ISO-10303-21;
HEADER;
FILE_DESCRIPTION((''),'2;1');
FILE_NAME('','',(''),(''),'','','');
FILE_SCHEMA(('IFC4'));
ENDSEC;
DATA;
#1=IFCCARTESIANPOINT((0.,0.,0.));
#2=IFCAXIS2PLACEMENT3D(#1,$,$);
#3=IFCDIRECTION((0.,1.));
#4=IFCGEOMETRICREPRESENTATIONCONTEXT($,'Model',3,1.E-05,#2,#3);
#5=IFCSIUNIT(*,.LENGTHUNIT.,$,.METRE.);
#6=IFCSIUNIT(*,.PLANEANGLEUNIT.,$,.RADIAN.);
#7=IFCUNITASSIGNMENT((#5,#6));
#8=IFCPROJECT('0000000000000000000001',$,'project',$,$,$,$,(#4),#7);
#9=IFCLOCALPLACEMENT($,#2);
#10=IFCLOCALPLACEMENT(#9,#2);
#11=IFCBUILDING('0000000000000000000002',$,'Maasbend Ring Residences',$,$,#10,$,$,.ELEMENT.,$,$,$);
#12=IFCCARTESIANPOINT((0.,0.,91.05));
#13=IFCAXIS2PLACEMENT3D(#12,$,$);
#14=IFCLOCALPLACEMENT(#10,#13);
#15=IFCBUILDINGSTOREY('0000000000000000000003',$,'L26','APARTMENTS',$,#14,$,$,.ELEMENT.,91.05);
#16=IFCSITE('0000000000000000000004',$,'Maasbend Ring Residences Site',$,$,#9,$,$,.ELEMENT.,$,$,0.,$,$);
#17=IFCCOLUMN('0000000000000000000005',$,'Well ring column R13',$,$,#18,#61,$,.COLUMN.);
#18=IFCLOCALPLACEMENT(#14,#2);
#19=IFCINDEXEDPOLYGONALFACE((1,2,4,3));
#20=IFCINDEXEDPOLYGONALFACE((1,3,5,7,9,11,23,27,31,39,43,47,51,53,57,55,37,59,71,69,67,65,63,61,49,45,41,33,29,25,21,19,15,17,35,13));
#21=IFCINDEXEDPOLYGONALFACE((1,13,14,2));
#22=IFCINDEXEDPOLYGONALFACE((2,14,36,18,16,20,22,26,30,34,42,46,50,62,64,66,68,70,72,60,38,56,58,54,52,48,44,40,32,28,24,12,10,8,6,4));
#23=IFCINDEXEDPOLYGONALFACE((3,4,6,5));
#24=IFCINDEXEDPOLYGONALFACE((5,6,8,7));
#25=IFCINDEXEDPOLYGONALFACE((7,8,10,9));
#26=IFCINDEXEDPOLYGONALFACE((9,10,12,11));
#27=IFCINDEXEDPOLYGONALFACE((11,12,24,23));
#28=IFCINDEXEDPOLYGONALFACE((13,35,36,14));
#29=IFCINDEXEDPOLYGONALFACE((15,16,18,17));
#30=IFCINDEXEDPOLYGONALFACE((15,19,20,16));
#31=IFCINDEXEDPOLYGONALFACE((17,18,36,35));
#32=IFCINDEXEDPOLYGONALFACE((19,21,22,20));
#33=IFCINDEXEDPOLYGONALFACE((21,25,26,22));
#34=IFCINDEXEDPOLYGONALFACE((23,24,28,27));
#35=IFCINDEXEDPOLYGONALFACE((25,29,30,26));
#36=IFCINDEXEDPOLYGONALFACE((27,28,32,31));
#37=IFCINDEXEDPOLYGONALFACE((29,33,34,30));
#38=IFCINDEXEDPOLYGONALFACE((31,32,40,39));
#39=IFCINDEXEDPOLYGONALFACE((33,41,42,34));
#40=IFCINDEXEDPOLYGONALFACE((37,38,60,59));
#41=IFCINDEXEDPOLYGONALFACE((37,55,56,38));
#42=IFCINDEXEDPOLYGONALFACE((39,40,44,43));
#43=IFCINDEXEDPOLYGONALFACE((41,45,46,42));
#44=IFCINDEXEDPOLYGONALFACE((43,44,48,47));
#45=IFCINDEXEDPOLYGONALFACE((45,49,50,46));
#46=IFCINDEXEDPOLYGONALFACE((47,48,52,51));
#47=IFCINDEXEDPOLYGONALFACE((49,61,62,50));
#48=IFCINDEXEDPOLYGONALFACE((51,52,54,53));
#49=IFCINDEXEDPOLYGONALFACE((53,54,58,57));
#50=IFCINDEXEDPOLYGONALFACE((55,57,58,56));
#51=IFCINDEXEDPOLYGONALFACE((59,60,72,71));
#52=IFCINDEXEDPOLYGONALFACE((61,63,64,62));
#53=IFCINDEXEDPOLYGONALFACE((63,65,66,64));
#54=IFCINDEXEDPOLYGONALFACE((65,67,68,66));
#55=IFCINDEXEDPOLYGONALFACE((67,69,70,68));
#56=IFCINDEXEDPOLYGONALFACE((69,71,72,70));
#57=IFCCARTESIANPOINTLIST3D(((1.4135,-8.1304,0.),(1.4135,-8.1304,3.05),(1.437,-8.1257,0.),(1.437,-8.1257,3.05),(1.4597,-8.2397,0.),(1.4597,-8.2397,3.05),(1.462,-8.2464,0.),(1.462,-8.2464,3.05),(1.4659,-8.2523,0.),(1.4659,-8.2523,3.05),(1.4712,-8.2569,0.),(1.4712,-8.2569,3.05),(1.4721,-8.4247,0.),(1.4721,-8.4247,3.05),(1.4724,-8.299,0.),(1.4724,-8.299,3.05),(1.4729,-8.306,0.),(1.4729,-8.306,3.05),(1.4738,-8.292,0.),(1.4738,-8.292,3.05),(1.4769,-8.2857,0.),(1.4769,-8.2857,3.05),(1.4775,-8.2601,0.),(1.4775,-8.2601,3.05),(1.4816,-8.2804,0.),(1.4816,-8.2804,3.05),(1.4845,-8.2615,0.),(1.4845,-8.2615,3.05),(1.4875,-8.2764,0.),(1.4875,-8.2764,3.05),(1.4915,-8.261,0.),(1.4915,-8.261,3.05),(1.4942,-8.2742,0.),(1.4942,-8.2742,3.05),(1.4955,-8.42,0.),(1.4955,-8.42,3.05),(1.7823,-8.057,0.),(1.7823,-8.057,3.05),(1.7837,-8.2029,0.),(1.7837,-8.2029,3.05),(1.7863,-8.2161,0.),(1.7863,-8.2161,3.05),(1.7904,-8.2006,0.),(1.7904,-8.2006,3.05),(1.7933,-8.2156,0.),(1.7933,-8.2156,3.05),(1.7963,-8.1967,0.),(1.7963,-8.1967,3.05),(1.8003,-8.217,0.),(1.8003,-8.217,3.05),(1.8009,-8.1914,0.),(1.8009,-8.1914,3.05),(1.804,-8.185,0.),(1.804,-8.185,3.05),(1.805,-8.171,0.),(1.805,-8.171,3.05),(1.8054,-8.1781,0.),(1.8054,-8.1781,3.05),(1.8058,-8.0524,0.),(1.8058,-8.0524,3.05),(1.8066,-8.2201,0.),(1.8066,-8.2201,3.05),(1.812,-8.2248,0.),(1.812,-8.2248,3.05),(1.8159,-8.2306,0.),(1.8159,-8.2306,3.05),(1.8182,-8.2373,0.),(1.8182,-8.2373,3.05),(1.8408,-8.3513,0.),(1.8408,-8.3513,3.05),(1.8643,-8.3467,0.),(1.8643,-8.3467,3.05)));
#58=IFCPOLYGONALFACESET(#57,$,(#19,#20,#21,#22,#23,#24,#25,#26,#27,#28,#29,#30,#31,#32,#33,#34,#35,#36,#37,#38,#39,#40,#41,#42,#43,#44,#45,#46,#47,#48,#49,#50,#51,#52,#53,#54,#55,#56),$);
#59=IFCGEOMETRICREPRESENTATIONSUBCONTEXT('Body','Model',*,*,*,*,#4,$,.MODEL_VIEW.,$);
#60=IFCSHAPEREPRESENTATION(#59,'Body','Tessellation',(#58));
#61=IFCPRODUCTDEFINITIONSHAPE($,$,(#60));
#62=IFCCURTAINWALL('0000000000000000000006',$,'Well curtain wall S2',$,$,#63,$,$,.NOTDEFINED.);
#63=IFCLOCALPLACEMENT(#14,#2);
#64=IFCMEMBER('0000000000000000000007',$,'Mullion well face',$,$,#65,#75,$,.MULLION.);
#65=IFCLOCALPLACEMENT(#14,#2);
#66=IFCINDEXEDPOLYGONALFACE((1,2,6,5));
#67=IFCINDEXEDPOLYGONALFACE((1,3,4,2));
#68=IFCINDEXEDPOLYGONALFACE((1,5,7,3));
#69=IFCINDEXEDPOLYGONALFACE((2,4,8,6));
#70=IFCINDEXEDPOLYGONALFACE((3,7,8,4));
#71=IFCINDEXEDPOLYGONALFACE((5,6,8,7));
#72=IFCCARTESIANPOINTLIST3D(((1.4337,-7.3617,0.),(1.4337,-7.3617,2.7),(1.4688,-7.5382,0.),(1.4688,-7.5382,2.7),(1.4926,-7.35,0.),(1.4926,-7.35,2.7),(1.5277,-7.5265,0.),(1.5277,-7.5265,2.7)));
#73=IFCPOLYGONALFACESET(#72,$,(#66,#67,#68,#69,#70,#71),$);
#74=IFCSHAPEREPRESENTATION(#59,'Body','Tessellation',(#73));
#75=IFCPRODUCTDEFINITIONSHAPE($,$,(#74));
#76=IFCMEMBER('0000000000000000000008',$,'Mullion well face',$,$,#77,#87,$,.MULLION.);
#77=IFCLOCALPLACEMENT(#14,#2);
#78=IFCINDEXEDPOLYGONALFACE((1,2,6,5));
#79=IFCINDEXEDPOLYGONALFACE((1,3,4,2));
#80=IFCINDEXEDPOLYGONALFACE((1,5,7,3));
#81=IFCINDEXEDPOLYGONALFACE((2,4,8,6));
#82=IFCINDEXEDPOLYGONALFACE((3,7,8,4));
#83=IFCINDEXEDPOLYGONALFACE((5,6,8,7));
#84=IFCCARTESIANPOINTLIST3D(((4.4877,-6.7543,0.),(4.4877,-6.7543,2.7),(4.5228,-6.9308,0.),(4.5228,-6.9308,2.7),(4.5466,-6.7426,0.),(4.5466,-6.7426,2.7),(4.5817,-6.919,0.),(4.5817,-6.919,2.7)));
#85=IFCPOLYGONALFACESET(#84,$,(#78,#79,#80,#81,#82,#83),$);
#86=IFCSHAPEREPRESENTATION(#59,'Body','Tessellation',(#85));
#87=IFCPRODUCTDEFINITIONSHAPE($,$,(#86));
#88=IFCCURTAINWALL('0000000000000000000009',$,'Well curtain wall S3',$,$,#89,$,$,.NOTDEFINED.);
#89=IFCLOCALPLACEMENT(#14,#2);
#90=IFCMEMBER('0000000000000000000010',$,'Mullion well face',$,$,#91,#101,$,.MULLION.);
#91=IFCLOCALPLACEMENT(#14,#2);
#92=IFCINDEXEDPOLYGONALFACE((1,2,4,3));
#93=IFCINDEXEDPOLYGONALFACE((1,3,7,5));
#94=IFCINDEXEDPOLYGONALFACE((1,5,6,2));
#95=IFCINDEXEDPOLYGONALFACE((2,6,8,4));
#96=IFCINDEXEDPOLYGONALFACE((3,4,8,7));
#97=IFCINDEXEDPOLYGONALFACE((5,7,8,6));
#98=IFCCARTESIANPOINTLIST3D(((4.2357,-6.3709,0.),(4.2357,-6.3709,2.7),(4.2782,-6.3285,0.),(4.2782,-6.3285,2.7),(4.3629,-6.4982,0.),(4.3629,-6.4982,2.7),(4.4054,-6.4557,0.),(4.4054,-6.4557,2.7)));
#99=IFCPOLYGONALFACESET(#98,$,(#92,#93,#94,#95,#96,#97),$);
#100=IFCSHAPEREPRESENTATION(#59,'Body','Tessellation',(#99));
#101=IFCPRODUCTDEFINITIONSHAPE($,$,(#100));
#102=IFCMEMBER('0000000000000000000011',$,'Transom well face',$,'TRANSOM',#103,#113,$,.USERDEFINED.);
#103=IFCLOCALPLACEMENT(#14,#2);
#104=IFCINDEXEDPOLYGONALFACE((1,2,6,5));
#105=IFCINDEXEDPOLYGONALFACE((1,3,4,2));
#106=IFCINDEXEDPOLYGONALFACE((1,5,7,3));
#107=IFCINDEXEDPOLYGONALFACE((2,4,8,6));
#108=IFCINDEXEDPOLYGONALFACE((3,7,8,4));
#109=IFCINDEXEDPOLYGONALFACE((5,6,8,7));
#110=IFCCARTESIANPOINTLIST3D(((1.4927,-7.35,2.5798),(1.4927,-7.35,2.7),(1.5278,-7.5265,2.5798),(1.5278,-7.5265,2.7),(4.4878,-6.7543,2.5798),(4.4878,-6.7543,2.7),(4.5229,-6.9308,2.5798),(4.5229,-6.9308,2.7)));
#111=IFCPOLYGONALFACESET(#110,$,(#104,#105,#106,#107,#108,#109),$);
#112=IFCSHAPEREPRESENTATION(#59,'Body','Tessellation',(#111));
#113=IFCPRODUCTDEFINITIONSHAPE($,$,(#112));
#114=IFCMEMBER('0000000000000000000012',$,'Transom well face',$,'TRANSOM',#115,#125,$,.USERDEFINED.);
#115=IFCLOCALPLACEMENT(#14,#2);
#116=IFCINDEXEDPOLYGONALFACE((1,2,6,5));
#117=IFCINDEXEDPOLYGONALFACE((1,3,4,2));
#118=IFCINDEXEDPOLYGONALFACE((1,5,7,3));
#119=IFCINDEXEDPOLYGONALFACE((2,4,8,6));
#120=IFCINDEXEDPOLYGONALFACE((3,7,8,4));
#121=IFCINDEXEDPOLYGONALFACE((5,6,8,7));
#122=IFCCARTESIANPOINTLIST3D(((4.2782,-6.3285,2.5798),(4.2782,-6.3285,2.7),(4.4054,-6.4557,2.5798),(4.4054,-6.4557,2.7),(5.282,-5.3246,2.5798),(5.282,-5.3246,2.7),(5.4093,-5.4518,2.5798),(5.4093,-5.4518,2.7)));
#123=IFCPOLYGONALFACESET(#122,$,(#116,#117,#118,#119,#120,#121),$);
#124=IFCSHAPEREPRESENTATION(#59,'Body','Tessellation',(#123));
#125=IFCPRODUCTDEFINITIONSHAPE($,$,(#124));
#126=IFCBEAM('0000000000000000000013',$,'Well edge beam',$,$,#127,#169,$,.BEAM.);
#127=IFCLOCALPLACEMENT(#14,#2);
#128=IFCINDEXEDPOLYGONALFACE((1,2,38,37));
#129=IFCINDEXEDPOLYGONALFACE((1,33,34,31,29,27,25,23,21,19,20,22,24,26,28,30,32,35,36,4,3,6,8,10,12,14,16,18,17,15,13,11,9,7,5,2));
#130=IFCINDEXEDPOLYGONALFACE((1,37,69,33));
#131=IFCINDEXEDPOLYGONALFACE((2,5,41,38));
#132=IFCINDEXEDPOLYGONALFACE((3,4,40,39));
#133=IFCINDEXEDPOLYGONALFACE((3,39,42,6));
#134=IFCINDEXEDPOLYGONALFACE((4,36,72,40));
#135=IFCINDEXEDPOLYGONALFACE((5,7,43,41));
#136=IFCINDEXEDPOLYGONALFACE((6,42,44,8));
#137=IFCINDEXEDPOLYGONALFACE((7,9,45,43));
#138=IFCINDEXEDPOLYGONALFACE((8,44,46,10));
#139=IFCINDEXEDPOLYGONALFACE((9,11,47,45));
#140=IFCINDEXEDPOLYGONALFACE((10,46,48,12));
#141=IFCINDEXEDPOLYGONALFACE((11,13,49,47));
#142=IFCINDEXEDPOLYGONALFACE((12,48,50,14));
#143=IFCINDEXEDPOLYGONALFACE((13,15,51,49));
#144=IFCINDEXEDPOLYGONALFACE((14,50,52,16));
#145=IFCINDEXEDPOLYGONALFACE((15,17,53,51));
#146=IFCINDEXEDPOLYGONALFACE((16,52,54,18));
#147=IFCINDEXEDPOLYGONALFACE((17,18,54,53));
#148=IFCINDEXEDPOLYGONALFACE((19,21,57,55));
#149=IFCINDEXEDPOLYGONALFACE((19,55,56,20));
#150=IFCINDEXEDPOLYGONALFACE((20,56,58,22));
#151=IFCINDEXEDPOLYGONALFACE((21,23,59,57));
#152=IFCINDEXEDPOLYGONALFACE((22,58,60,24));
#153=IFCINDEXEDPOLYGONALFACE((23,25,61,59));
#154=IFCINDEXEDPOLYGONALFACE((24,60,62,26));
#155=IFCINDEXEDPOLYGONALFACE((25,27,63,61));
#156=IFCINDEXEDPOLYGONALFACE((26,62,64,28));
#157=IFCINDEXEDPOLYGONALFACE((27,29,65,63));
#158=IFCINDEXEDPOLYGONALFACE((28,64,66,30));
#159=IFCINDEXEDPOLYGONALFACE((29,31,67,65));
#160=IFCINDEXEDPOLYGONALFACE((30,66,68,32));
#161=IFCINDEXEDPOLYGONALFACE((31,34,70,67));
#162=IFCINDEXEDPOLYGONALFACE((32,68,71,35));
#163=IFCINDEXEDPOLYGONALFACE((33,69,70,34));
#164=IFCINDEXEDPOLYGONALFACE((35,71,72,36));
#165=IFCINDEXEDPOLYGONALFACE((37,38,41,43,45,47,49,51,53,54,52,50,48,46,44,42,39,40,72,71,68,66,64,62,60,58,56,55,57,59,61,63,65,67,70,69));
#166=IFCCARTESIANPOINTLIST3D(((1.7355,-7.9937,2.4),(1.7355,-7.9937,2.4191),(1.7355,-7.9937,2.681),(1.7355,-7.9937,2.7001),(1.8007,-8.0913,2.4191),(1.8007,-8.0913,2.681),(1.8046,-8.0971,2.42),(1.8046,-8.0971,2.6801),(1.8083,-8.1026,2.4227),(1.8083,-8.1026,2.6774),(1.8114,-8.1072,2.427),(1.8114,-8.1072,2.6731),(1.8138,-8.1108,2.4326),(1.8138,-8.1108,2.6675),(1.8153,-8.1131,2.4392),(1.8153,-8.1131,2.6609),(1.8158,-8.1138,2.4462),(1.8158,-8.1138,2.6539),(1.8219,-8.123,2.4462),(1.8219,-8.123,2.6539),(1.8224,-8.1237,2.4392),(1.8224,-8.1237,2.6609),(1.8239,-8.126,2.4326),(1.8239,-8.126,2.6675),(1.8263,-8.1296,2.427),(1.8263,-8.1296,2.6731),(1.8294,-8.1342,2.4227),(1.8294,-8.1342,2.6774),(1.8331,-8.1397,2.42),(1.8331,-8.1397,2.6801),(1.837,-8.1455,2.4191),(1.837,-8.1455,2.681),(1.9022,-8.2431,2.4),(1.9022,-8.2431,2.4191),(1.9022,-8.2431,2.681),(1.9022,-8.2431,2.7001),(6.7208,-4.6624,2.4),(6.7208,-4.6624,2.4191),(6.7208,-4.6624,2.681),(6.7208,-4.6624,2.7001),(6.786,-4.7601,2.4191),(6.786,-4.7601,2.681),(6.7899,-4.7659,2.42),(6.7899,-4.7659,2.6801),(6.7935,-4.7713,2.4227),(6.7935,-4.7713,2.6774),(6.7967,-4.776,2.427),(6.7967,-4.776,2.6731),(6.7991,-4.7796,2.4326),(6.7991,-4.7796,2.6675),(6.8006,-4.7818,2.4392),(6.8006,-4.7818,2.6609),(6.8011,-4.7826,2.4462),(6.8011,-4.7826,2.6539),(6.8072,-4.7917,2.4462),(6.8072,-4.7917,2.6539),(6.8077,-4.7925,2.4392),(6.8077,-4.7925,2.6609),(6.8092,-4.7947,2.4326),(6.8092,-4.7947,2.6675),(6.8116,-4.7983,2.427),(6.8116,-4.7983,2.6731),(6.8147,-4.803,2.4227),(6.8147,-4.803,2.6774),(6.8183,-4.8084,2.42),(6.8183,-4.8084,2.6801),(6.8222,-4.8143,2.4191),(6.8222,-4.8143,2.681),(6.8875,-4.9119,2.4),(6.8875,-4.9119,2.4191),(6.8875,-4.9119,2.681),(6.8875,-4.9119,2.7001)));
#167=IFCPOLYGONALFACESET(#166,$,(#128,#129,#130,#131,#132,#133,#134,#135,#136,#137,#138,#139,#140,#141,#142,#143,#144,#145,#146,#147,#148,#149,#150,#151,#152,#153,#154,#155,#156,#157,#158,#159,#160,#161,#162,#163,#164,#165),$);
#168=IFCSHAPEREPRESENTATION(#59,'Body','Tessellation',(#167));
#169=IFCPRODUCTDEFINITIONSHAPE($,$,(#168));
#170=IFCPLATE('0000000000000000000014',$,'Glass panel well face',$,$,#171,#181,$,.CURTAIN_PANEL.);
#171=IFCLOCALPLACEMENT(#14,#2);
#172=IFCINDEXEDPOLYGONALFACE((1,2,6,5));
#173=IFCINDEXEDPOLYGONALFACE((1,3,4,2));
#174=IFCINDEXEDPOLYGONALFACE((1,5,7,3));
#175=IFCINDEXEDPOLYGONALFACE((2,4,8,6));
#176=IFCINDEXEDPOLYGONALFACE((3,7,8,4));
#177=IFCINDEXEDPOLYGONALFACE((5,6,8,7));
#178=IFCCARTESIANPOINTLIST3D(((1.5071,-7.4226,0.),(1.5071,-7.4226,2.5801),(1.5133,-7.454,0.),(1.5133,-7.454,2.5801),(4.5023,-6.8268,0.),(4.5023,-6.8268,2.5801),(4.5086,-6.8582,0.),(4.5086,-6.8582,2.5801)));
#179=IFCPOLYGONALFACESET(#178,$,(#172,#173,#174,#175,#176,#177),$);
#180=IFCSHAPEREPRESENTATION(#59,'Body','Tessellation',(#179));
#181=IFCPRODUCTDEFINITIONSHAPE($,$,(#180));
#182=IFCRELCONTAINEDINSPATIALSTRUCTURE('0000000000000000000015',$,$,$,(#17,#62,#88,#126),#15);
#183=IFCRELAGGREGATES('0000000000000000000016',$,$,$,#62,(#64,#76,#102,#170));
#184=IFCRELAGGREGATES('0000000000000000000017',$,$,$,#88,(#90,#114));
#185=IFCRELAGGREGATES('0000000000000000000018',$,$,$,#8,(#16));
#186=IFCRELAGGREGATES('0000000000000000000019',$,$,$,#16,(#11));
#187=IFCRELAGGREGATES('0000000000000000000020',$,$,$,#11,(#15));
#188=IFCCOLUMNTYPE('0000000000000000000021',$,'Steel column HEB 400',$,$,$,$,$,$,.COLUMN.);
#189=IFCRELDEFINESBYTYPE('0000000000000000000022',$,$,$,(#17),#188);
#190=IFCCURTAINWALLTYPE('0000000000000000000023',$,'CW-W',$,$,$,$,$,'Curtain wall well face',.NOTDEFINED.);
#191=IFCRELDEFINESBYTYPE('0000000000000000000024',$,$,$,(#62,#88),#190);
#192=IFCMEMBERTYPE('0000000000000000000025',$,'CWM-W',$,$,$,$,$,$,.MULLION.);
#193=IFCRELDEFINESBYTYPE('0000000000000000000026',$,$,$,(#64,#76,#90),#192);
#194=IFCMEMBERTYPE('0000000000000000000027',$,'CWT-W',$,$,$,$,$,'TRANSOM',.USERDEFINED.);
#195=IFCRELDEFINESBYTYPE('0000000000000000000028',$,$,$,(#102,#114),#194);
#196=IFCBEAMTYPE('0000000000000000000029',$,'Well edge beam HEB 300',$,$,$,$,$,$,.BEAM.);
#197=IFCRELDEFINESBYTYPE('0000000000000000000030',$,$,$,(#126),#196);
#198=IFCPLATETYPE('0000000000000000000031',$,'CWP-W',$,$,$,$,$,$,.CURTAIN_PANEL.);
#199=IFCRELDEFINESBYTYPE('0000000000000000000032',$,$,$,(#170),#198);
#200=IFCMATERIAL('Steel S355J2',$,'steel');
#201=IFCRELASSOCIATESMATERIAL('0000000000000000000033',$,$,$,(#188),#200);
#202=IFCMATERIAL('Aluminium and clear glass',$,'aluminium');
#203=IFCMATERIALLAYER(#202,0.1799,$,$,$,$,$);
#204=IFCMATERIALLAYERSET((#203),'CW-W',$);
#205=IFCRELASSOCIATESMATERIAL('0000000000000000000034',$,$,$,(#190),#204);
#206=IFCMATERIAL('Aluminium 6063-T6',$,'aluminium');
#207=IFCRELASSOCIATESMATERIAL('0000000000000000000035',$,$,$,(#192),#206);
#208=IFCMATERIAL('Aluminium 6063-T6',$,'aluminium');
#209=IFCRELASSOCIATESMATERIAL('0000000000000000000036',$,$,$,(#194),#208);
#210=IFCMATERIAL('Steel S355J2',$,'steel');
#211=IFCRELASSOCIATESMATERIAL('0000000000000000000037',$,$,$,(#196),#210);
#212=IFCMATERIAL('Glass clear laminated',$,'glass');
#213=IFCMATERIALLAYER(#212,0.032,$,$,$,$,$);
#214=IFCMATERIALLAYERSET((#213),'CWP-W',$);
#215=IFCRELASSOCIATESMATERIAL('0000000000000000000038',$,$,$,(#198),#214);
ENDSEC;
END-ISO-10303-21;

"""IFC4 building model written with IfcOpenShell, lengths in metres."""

from ifc_helpers import new_model, si_unit, direction, frame, origin, origin_2d, place, context, subcontext, project, spatial, rectangle, i_section, extrude, material, layer, layer_set, material_profile, profile_set, type_object, element, aggregate, save


model = new_model("IFC4")

# Units and contexts
model_context = context("Model", 3, precision=1e-05, world=origin(), true_north=direction((0.0, 1.0)))
body_context = subcontext(model_context, "Body", "Model", "MODEL_VIEW")
ifc_project = project(units=[si_unit("LENGTHUNIT", "METRE"), si_unit("PLANEANGLEUNIT", "RADIAN")], contexts=[model_context])

# Site, building, storey
site_placement = place(None, origin())
site = spatial("IfcSite", under=ifc_project, at=site_placement, Name="Maasbend Ring Residences Site", CompositionType="ELEMENT", RefElevation=0.0)
building_placement = place(site_placement, origin())
building = spatial("IfcBuilding", under=site, at=building_placement, Name="Maasbend Ring Residences", CompositionType="ELEMENT")
storey_placement = place(building_placement, frame((0.0, 0.0, 91.05)))
storey = spatial("IfcBuildingStorey", under=building, at=storey_placement, Name="L26", Description="APARTMENTS", CompositionType="ELEMENT", Elevation=91.05)

# Column
ifc_material_1 = material(Name="Steel S355J2", Category="steel")
ifc_material_profile_1 = material_profile(ifc_material_1, i_section(OverallWidth=0.3, OverallDepth=0.3999, WebThickness=0.0134, FlangeThickness=0.0239, FilletRadius=0.0271, at=origin_2d()), Name="HEB 400")
ifc_profile_set_1 = profile_set([ifc_material_profile_1], Name="Steel S355J2")
column_type = type_object("IfcColumnType", Name="Steel column HEB 400", PredefinedType="COLUMN", material=ifc_profile_set_1)
column_placement = place(storey_placement, frame((1.6389, -8.2385, 0.0), z_axis=(0.0, 0.0, 1.0), x_axis=(0.19509, -0.980785, 0.0)))
element("IfcColumn", 1, at=column_placement, inside=storey, type_object=column_type, Name="Well ring column R13", PredefinedType="COLUMN", context=body_context, shape_type="SweptSolid", body=[
    extrude(i_section(OverallWidth=0.3, OverallDepth=0.3999, WebThickness=0.0134, FlangeThickness=0.0239, FilletRadius=0.0271, at=origin_2d()), origin(), (0.0, 0.0, 1.0), 3.05),
])

# Curtain wall, members
ifc_material_2 = material(Name="Aluminium and clear glass", Category="aluminium")
ifc_layer_1 = layer(ifc_material_2, 0.1799)
ifc_layer_set_1 = layer_set([ifc_layer_1], Name="CW-W")
curtain_wall_type = type_object("IfcCurtainWallType", Name="CW-W", ElementType="Curtain wall well face", PredefinedType="NOTDEFINED", material=ifc_layer_set_1)
curtain_wall_1_placement = place(storey_placement, origin())
curtain_wall_1 = element("IfcCurtainWall", 2, at=curtain_wall_1_placement, inside=storey, type_object=curtain_wall_type, Name="Well curtain wall S2", PredefinedType="NOTDEFINED")
ifc_material_3 = material(Name="Aluminium 6063-T6", Category="aluminium")
ifc_material_profile_2 = material_profile(ifc_material_3, rectangle(XDim=0.1799, YDim=0.0601, at=origin_2d()), Name="AL 180x60")
ifc_profile_set_2 = profile_set([ifc_material_profile_2], Name="Aluminium 6063-T6")
member_type_1 = type_object("IfcMemberType", Name="CWM-W", PredefinedType="MULLION", material=ifc_profile_set_2)
member_1_placement = place(storey_placement, frame((1.4807, -7.4441, 0.0), z_axis=(0.0, 0.0, 1.0), x_axis=(-0.19509, 0.980785, 0.0)))
member_1 = element("IfcMember", 3, at=member_1_placement, type_object=member_type_1, Name="Mullion well face", PredefinedType="MULLION", context=body_context, shape_type="SweptSolid", body=[
    extrude(rectangle(XDim=0.1799, YDim=0.0601, at=origin_2d()), origin(), (0.0, 0.0, 1.0), 2.7),
])
member_2_placement = place(storey_placement, frame((4.5347, -6.8367, 0.0), z_axis=(0.0, 0.0, 1.0), x_axis=(-0.19509, 0.980785, 0.0)))
member_2 = element("IfcMember", 4, at=member_2_placement, type_object=member_type_1, Name="Mullion well face", PredefinedType="MULLION", context=body_context, shape_type="SweptSolid", body=[
    extrude(rectangle(XDim=0.1799, YDim=0.0601, at=origin_2d()), origin(), (0.0, 0.0, 1.0), 2.7),
])

# Curtain wall, member
curtain_wall_2_placement = place(storey_placement, origin())
curtain_wall_2 = element("IfcCurtainWall", 5, at=curtain_wall_2_placement, inside=storey, type_object=curtain_wall_type, Name="Well curtain wall S3", PredefinedType="NOTDEFINED")
member_3_placement = place(storey_placement, frame((4.3206, -6.4133, 0.0), z_axis=(0.0, 0.0, 1.0), x_axis=(-0.707107, 0.707107, 0.0)))
member_3 = element("IfcMember", 6, at=member_3_placement, type_object=member_type_1, Name="Mullion well face", PredefinedType="MULLION", context=body_context, shape_type="SweptSolid", body=[
    extrude(rectangle(XDim=0.1799, YDim=0.0601, at=origin_2d()), origin(), (0.0, 0.0, 1.0), 2.7),
])

# Members
ifc_material_4 = material(Name="Aluminium 6063-T6", Category="aluminium")
ifc_material_profile_3 = material_profile(ifc_material_4, rectangle(XDim=0.1799, YDim=0.1201, at=origin_2d()), Name="AL 180x120")
ifc_profile_set_3 = profile_set([ifc_material_profile_3], Name="Aluminium 6063-T6")
member_type_2 = type_object("IfcMemberType", Name="CWT-W", ElementType="TRANSOM", PredefinedType="USERDEFINED", material=ifc_profile_set_3)
member_4_placement = place(storey_placement, frame((1.5103, -7.4382, 2.6399), z_axis=(0.980789, 0.195071, 0.0), x_axis=(-0.195071, 0.980789, 0.0)))
member_4 = element("IfcMember", 7, at=member_4_placement, type_object=member_type_2, Name="Transom well face", ObjectType="TRANSOM", PredefinedType="USERDEFINED", context=body_context, shape_type="SweptSolid", body=[
    extrude(rectangle(XDim=0.1799, YDim=0.1201, at=origin_2d()), origin(), (0.0, 0.0, 1.0), 3.0537),
])
member_5_placement = place(storey_placement, frame((4.3418, -6.3921, 2.6399), z_axis=(0.707107, 0.707107, 0.0), x_axis=(-0.707107, 0.707107, 0.0)))
member_5 = element("IfcMember", 8, at=member_5_placement, type_object=member_type_2, Name="Transom well face", ObjectType="TRANSOM", PredefinedType="USERDEFINED", context=body_context, shape_type="SweptSolid", body=[
    extrude(rectangle(XDim=0.1799, YDim=0.1201, at=origin_2d()), origin(), (0.0, 0.0, 1.0), 1.4197),
])

# Beam
ifc_material_5 = material(Name="Steel S355J2", Category="steel")
ifc_material_profile_4 = material_profile(ifc_material_5, i_section(OverallWidth=0.3, OverallDepth=0.3, WebThickness=0.011, FlangeThickness=0.019, FilletRadius=0.0271, at=origin_2d()), Name="HEB 300")
ifc_profile_set_4 = profile_set([ifc_material_profile_4], Name="Steel S355J2")
beam_type = type_object("IfcBeamType", Name="Well edge beam HEB 300", PredefinedType="BEAM", material=ifc_profile_set_4)
beam_placement = place(storey_placement, frame((1.8188, -8.1184, 2.55), z_axis=(0.831455, 0.555593, 0.0), x_axis=(-0.555593, 0.831455, 0.0)))
element("IfcBeam", 9, at=beam_placement, inside=storey, type_object=beam_type, Name="Well edge beam", PredefinedType="BEAM", context=body_context, shape_type="SweptSolid", body=[
    extrude(i_section(OverallWidth=0.3, OverallDepth=0.3, WebThickness=0.011, FlangeThickness=0.019, FilletRadius=0.0271, at=origin_2d()), origin(), (0.0, 0.0, 1.0), 5.9958),
])

# Plate
ifc_material_6 = material(Name="Glass clear laminated", Category="glass")
ifc_layer_2 = layer(ifc_material_6, 0.032)
ifc_layer_set_2 = layer_set([ifc_layer_2], Name="CWP-W")
plate_type = type_object("IfcPlateType", Name="CWP-W", PredefinedType="CURTAIN_PANEL", material=ifc_layer_set_2)
plate_1_placement = place(storey_placement, frame((3.0078, -7.1404, 0.0), z_axis=(0.0, 0.0, 1.0), x_axis=(0.980785, 0.19509, 0.0)))
plate_1 = element("IfcPlate", 10, at=plate_1_placement, type_object=plate_type, Name="Glass panel well face", PredefinedType="CURTAIN_PANEL", context=body_context, shape_type="SweptSolid", body=[
    extrude(rectangle(XDim=3.054, YDim=0.032, at=origin_2d()), origin(), (0.0, 0.0, 1.0), 2.5801),
])
aggregate(curtain_wall_1, [member_1, member_2, member_4, plate_1])
aggregate(curtain_wall_2, [member_3, member_5])

save(model, "model.ifc")
